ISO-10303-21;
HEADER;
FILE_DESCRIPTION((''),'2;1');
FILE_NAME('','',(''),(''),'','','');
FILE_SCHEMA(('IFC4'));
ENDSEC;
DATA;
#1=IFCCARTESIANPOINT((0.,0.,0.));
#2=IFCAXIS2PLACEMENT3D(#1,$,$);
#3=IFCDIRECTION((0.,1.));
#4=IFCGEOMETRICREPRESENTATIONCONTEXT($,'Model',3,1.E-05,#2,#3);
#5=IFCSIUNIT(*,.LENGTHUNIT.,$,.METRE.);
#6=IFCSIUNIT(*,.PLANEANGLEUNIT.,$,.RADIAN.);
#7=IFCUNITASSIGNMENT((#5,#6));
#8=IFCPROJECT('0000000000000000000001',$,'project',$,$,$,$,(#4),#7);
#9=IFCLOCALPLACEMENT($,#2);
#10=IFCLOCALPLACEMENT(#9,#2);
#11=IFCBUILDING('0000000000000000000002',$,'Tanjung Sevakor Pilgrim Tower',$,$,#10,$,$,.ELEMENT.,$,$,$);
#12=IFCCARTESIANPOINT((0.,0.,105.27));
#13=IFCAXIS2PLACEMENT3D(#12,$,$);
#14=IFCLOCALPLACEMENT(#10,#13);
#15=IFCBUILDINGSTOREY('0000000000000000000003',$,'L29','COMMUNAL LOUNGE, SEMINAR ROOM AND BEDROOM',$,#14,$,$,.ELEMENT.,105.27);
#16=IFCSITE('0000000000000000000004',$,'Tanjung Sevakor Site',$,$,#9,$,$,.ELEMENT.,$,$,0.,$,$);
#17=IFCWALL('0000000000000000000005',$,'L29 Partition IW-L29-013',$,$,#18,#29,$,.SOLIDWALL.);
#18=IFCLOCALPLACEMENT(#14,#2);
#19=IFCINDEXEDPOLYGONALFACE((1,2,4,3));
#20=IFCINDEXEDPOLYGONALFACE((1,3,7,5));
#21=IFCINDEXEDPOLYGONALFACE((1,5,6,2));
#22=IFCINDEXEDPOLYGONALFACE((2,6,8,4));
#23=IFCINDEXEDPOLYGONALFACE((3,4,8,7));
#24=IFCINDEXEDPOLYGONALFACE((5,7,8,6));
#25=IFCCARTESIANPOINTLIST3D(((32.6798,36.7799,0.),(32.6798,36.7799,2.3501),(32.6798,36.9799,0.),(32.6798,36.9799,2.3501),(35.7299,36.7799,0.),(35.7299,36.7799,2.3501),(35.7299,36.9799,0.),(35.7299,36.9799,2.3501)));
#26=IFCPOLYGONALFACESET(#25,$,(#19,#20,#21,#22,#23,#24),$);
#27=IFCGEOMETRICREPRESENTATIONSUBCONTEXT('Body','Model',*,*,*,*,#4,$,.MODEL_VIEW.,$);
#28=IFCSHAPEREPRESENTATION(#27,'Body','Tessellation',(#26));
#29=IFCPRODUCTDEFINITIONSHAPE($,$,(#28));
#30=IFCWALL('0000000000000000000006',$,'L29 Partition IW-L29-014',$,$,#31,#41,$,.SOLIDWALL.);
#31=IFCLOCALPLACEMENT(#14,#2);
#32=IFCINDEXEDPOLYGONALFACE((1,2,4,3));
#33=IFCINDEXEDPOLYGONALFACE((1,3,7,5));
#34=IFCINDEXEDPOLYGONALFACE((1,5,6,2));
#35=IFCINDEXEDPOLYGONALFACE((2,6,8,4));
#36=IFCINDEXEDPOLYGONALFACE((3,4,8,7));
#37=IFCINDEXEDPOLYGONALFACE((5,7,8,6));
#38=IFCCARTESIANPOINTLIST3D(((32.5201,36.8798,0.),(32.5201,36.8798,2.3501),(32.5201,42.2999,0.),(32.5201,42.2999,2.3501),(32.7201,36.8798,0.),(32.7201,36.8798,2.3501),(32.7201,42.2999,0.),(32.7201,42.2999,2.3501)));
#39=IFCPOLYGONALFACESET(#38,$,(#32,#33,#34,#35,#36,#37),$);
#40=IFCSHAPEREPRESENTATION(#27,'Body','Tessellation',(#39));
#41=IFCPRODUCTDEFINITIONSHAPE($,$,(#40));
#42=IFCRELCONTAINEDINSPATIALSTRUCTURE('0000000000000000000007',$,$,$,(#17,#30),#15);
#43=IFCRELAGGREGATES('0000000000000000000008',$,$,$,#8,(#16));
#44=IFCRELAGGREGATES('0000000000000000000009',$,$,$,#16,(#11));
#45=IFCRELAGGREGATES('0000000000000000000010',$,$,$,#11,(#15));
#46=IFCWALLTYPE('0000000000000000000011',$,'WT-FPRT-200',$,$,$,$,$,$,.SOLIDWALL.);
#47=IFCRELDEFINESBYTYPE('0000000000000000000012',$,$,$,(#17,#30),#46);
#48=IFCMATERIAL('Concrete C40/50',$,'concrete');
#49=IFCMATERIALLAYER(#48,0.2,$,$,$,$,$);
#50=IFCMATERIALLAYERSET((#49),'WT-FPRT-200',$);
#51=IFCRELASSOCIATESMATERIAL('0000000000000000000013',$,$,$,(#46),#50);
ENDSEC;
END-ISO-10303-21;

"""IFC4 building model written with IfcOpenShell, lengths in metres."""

from ifc_helpers import new_model, si_unit, direction, frame, frame_2d, origin, place, context, subcontext, project, spatial, rectangle, extrude, material, layer, layer_set, type_object, element, save


model = new_model("IFC4")

# Units and contexts
model_context = context("Model", 3, precision=1e-05, world=origin(), true_north=direction((0.0, 1.0)))
body_context = subcontext(model_context, "Body", "Model", "MODEL_VIEW")
ifc_project = project(units=[si_unit("LENGTHUNIT", "METRE"), si_unit("PLANEANGLEUNIT", "RADIAN")], contexts=[model_context])

# Site, building, storey
site_placement = place(None, origin())
site = spatial("IfcSite", under=ifc_project, at=site_placement, Name="Tanjung Sevakor Site", CompositionType="ELEMENT", RefElevation=0.0)
building_placement = place(site_placement, origin())
building = spatial("IfcBuilding", under=site, at=building_placement, Name="Tanjung Sevakor Pilgrim Tower", CompositionType="ELEMENT")
storey_placement = place(building_placement, frame((0.0, 0.0, 105.27)))
storey = spatial("IfcBuildingStorey", under=building, at=storey_placement, Name="L29", Description="COMMUNAL LOUNGE, SEMINAR ROOM AND BEDROOM", CompositionType="ELEMENT", Elevation=105.27)

# Shared definitions
ifc_material_1 = material(Name="Concrete C40/50", Category="concrete")
ifc_layer_1 = layer(ifc_material_1, 0.2)
ifc_layer_set_1 = layer_set([ifc_layer_1], Name="WT-FPRT-200")
wall_type_1 = type_object("IfcWallType", Name="WT-FPRT-200", PredefinedType="SOLIDWALL", material=ifc_layer_set_1)

# Walls
wall_1_placement = place(storey_placement, frame((32.6799, 36.8799, 0.0), z_axis=(0.0, 0.0, 1.0), x_axis=(1.0, 0.0, 0.0)))
element("IfcWall", 1, at=wall_1_placement, inside=storey, type_object=wall_type_1, Name="L29 Partition IW-L29-013", PredefinedType="SOLIDWALL", context=body_context, shape_type="SweptSolid", body=[
    extrude(rectangle(XDim=3.05, YDim=0.2, at=frame_2d((1.5249, 0.0))), origin(), (0.0, 0.0, 1.0), 2.3501),
])
wall_2_placement = place(storey_placement, frame((32.6201, 36.8799, 0.0), z_axis=(0.0, 0.0, 1.0), x_axis=(0.0, 1.0, 0.0)))
element("IfcWall", 2, at=wall_2_placement, inside=storey, type_object=wall_type_1, Name="L29 Partition IW-L29-014", PredefinedType="SOLIDWALL", context=body_context, shape_type="SweptSolid", body=[
    extrude(rectangle(XDim=5.4202, YDim=0.2, at=frame_2d((2.71, 0.0))), origin(), (0.0, 0.0, 1.0), 2.3501),
])

save(model, "model.ifc")
